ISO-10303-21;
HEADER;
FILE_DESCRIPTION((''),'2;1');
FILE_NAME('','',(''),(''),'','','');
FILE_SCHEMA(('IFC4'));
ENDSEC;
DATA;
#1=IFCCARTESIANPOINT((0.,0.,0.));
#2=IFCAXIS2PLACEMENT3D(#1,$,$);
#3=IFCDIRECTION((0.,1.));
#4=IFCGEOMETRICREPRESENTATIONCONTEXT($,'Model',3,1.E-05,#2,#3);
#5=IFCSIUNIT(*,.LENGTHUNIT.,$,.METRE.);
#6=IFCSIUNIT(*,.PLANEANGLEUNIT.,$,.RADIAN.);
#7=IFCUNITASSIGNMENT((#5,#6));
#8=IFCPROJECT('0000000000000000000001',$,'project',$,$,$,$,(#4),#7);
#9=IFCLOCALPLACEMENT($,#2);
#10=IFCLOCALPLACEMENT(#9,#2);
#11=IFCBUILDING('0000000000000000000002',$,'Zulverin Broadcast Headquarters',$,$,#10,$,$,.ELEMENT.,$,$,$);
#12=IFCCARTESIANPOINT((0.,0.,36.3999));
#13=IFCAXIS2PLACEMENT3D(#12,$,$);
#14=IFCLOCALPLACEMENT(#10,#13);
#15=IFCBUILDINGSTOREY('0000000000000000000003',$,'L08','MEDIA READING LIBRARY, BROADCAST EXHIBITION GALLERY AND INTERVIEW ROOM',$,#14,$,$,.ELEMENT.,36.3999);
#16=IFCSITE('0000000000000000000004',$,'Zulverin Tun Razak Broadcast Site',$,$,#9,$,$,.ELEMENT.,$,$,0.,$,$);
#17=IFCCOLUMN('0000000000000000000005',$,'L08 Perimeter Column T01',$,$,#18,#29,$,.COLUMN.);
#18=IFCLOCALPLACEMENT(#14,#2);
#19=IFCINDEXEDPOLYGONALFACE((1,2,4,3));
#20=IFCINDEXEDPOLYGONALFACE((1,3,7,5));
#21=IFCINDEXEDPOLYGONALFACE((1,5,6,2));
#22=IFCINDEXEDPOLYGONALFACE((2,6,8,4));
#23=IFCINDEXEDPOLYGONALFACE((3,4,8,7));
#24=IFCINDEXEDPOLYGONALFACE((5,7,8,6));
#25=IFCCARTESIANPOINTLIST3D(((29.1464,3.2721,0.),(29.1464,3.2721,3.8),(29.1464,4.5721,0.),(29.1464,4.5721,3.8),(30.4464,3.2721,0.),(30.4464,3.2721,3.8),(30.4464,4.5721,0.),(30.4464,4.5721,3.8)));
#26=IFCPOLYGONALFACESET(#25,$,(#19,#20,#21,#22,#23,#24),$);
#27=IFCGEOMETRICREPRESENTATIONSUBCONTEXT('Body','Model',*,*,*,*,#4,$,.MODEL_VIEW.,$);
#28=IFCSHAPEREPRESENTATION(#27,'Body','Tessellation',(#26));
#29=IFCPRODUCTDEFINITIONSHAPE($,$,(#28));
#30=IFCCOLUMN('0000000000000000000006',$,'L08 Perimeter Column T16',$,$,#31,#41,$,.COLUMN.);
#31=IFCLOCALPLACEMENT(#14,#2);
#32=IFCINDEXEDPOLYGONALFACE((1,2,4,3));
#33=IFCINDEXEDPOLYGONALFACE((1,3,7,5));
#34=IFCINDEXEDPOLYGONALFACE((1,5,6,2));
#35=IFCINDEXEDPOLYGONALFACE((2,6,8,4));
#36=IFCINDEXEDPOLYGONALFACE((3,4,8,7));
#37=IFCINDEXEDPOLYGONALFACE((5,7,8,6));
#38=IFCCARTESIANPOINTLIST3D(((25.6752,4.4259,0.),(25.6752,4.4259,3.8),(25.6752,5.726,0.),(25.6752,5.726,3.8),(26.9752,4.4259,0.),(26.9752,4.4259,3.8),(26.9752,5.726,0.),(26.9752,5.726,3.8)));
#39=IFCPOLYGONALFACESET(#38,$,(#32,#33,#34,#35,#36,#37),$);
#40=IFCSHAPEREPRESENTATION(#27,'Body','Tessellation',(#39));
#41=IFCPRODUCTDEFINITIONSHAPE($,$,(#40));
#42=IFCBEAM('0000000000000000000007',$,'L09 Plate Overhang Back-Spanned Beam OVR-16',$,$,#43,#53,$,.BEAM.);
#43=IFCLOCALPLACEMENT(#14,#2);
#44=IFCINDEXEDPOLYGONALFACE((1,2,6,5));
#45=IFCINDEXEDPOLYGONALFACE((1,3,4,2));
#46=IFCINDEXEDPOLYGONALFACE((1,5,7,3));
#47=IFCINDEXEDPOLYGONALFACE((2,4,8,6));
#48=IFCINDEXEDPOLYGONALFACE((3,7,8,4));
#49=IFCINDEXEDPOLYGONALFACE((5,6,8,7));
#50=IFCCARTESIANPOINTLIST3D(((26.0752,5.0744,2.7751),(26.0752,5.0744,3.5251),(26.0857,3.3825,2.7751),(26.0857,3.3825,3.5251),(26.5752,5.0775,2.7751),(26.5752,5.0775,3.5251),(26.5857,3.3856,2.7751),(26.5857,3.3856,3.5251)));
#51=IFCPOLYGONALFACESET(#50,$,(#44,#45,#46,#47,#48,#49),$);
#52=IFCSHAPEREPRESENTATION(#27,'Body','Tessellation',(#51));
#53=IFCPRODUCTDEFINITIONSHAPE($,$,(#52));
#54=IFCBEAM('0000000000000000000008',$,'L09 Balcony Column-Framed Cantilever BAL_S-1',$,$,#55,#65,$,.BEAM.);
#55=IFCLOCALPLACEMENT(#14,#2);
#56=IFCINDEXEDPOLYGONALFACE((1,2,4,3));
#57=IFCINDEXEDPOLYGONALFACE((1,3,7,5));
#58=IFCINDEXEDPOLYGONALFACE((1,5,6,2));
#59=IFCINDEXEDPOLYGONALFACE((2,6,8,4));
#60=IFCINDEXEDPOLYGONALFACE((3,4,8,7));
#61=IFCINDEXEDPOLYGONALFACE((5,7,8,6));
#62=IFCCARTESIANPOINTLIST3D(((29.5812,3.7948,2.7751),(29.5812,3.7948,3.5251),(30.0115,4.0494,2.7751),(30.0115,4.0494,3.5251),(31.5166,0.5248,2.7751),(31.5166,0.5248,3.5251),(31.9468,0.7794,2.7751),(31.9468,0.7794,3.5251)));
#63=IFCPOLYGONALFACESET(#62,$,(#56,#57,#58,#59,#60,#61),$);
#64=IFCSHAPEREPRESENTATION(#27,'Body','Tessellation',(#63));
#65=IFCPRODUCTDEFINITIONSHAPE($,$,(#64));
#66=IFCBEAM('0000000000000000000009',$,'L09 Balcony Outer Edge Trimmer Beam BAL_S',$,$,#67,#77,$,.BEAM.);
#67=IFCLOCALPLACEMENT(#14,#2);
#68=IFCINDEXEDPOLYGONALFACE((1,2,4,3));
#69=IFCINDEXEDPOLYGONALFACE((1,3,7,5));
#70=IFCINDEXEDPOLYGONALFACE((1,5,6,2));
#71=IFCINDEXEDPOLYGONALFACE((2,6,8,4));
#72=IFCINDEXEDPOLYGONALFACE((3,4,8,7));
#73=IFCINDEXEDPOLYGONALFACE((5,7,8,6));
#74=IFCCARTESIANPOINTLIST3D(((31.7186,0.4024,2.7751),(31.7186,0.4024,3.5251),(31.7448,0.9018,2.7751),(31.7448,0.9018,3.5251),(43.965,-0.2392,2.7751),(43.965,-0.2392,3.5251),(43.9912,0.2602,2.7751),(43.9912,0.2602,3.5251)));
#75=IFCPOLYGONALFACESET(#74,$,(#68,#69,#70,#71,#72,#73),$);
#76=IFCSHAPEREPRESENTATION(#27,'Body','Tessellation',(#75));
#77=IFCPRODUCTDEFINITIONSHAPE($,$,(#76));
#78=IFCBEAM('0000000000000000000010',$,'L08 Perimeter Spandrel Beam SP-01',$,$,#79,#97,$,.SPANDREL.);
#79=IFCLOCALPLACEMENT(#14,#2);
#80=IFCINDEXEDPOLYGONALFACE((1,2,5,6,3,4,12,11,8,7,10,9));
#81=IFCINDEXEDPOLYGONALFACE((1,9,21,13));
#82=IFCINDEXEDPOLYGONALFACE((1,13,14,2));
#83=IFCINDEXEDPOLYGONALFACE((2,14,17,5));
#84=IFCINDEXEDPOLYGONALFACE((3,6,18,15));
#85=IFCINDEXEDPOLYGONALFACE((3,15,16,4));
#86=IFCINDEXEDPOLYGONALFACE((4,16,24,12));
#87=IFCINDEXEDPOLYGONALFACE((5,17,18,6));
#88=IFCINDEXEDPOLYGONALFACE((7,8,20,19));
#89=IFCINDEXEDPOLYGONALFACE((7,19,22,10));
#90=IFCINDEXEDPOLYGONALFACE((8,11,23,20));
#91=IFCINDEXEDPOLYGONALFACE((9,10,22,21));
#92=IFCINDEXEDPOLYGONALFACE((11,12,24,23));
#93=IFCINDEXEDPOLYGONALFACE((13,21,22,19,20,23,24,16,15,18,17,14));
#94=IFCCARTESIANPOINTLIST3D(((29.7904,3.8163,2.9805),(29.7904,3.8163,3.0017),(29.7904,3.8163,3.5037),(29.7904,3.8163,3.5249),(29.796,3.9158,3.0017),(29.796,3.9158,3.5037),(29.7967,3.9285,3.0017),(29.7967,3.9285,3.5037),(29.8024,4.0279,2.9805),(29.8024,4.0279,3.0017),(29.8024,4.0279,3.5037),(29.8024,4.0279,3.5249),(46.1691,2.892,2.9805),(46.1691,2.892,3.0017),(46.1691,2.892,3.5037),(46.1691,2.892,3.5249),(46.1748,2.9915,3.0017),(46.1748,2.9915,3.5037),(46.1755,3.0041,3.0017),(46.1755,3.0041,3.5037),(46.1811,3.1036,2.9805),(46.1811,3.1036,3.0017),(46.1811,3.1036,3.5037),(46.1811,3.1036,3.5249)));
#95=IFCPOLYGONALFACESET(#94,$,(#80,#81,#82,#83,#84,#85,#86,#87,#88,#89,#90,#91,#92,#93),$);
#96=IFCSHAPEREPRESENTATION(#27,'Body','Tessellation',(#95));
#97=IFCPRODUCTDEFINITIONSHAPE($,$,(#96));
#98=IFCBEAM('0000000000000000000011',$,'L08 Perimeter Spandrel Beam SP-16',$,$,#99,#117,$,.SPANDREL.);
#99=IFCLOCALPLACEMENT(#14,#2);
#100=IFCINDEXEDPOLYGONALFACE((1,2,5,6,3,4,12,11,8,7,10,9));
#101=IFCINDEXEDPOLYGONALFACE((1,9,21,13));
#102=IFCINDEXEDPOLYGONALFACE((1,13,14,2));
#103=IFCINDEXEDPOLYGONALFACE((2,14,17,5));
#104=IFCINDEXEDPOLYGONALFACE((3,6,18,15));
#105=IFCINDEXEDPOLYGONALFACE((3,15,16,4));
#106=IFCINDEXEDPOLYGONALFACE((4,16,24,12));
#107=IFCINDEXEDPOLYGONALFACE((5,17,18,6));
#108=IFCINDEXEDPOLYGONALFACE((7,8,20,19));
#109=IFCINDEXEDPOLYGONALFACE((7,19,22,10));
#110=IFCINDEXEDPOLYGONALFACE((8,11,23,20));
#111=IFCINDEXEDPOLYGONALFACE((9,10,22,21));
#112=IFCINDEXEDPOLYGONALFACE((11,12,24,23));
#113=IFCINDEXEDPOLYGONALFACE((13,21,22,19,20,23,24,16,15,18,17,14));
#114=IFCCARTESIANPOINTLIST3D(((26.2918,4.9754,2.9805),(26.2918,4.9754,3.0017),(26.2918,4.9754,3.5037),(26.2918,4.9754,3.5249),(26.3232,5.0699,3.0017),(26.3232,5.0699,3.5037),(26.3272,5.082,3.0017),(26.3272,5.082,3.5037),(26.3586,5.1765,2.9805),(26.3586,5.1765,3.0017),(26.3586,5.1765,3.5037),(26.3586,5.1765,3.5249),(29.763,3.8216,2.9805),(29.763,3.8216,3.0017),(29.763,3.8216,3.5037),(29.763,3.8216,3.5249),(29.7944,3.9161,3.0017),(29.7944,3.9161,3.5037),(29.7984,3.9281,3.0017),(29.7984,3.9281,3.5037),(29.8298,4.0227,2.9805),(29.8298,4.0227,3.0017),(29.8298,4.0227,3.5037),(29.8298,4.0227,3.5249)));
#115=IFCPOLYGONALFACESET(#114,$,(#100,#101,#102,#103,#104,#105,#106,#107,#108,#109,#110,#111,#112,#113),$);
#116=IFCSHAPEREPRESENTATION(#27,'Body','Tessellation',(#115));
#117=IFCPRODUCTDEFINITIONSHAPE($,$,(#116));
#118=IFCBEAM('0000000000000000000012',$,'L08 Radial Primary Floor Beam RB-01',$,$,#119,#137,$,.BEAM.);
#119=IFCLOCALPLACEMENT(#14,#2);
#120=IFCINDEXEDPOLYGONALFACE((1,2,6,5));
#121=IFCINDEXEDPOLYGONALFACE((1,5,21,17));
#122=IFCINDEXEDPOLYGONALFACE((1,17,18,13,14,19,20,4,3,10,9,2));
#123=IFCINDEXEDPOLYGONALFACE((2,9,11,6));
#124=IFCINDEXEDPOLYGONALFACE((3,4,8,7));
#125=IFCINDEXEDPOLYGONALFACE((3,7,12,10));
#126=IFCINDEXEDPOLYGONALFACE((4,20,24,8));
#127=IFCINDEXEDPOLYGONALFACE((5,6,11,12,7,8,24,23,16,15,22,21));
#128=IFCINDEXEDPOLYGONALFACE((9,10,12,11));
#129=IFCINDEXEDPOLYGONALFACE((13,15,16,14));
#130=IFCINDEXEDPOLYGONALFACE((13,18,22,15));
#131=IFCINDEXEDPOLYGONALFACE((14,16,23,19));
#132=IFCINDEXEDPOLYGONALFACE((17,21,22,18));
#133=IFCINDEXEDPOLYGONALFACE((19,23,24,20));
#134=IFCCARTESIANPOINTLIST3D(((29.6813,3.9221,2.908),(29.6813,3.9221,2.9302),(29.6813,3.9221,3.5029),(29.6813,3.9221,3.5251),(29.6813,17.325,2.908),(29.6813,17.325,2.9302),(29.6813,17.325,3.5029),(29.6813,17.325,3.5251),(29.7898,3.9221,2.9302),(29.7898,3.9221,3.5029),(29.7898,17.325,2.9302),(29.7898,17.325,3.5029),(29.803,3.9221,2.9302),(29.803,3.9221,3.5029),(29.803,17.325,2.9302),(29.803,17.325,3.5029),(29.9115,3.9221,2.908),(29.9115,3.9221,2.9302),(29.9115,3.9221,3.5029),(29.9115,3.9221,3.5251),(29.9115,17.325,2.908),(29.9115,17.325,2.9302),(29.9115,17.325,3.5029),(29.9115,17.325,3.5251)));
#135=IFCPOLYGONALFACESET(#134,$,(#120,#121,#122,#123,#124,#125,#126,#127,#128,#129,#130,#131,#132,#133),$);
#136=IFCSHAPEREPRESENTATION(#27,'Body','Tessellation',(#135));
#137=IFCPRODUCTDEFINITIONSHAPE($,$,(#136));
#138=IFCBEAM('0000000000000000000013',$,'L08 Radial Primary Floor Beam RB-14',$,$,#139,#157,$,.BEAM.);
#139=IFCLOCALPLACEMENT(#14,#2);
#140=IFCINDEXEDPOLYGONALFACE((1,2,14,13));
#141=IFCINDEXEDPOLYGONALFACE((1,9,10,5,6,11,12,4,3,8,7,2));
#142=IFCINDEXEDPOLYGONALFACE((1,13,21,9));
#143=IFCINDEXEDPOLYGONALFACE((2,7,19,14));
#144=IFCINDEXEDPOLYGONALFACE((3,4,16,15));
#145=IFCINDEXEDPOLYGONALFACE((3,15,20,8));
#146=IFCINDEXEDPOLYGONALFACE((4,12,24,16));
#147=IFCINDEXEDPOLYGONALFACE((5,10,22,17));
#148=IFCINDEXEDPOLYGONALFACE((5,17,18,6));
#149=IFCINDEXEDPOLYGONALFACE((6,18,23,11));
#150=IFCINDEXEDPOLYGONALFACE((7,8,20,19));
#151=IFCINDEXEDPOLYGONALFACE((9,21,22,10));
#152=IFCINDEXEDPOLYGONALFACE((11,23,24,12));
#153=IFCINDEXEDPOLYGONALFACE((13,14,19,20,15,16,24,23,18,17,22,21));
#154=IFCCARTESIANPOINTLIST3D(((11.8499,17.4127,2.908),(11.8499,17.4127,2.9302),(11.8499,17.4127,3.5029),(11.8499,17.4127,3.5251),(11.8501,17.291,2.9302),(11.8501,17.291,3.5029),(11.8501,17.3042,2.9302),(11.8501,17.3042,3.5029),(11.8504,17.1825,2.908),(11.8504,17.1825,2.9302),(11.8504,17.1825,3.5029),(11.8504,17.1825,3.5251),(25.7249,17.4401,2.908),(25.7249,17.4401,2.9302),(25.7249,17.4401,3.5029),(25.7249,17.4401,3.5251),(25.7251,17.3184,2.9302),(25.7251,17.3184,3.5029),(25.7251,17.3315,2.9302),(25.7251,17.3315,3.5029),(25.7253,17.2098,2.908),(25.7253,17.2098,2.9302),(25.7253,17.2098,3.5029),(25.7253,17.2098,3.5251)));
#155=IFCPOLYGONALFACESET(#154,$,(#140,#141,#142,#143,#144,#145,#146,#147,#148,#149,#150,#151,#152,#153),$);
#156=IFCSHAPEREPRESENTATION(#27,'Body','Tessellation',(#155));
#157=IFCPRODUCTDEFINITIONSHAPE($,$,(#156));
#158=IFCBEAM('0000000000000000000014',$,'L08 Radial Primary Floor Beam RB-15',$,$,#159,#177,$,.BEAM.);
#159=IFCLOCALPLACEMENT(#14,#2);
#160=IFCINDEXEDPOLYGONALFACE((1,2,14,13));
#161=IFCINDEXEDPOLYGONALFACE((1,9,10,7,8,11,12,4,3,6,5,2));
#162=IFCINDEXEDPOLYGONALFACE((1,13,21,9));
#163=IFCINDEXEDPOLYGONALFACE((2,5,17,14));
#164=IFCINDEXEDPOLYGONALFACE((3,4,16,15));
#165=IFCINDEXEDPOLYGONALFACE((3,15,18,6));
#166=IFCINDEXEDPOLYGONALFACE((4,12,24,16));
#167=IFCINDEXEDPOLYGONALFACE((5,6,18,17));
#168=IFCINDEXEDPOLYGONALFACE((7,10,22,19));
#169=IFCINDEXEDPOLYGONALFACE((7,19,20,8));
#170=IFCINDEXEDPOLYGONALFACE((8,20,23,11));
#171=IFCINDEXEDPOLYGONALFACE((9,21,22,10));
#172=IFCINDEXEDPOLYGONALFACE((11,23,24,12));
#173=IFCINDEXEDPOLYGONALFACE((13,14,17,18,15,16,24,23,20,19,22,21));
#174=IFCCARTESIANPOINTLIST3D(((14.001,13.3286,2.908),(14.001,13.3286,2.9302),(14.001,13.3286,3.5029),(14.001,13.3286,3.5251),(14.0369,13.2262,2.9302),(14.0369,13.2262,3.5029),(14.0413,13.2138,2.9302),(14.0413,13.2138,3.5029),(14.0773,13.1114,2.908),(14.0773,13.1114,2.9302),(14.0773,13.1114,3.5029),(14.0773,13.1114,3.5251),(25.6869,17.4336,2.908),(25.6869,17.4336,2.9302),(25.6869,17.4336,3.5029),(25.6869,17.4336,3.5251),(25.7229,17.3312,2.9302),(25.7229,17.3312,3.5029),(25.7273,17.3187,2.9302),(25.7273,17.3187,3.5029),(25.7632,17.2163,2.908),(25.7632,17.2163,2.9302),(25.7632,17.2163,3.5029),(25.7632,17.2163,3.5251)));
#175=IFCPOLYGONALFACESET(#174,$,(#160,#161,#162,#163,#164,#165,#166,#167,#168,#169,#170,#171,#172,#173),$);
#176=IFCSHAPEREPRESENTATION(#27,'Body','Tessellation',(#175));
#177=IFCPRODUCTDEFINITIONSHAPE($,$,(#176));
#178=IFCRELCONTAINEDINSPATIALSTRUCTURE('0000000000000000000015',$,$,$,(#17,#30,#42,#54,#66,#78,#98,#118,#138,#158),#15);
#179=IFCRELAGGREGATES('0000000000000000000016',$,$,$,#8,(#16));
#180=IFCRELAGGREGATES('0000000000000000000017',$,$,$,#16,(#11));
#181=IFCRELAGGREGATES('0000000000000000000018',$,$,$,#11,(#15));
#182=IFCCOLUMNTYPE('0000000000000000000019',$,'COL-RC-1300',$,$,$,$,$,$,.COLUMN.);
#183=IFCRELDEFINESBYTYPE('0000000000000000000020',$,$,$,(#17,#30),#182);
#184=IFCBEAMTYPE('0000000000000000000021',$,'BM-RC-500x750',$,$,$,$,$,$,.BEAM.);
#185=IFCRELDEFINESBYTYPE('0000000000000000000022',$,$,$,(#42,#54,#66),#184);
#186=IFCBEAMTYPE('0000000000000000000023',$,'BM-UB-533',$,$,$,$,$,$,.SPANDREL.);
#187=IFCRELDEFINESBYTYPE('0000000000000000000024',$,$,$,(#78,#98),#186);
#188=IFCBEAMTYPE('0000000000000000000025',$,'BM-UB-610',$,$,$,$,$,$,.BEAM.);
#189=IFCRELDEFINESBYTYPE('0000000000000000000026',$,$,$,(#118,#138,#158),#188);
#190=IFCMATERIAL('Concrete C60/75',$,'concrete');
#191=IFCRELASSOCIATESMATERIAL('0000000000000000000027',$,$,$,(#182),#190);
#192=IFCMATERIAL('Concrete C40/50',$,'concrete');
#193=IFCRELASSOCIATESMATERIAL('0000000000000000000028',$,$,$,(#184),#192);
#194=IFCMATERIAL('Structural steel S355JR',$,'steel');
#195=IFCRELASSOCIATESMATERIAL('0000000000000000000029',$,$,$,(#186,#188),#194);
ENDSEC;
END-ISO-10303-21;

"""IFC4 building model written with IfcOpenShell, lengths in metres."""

from ifc_helpers import new_model, si_unit, direction, frame, origin, origin_2d, place, context, subcontext, project, spatial, rectangle, i_section, extrude, material, material_profile, profile_set, type_object, element, save


model = new_model("IFC4")

# Units and contexts
model_context = context("Model", 3, precision=1e-05, world=origin(), true_north=direction((0.0, 1.0)))
body_context = subcontext(model_context, "Body", "Model", "MODEL_VIEW")
ifc_project = project(units=[si_unit("LENGTHUNIT", "METRE"), si_unit("PLANEANGLEUNIT", "RADIAN")], contexts=[model_context])

# Site, building, storey
site_placement = place(None, origin())
site = spatial("IfcSite", under=ifc_project, at=site_placement, Name="Zulverin Tun Razak Broadcast Site", CompositionType="ELEMENT", RefElevation=0.0)
building_placement = place(site_placement, origin())
building = spatial("IfcBuilding", under=site, at=building_placement, Name="Zulverin Broadcast Headquarters", CompositionType="ELEMENT")
storey_placement = place(building_placement, frame((0.0, 0.0, 36.3999)))
storey = spatial("IfcBuildingStorey", under=building, at=storey_placement, Name="L08", Description="MEDIA READING LIBRARY, BROADCAST EXHIBITION GALLERY AND INTERVIEW ROOM", CompositionType="ELEMENT", Elevation=36.3999)

# Columns
ifc_material_1 = material(Name="Concrete C60/75", Category="concrete")
ifc_material_profile_1 = material_profile(ifc_material_1, rectangle(XDim=1.3, YDim=1.3, at=origin_2d()), Name="Concrete C60/75", Category="concrete")
ifc_profile_set_1 = profile_set([ifc_material_profile_1], Name="Concrete C60/75")
column_type = type_object("IfcColumnType", Name="COL-RC-1300", PredefinedType="COLUMN", material=ifc_profile_set_1)
for number, where, z_axis, x_axis, name in (
    (1, (29.7964, 3.9221, 0.0), (0.0, 0.0, 1.0), (1.0, 0.0, 0.0), "L08 Perimeter Column T01"),
    (2, (26.3252, 5.0759, 0.0), (0.0, 0.0, 1.0), (1.0, 0.0, 0.0), "L08 Perimeter Column T16"),
):
    element("IfcColumn", number, at=place(storey_placement, frame(where, z_axis=z_axis, x_axis=x_axis)), inside=storey, type_object=column_type, Name=name, PredefinedType="COLUMN", context=body_context, shape_type="SweptSolid", body=[
        extrude(rectangle(XDim=1.3, YDim=1.3, at=origin_2d()), origin(), (0.0, 0.0, 1.0), 3.8),
    ])

# Beams
ifc_material_2 = material(Name="Concrete C40/50", Category="concrete")
ifc_material_profile_2 = material_profile(ifc_material_2, rectangle(XDim=0.5, YDim=0.75, at=origin_2d()), Name="Concrete C40/50", Category="concrete")
ifc_profile_set_2 = profile_set([ifc_material_profile_2], Name="Concrete C40/50")
beam_type_1 = type_object("IfcBeamType", Name="BM-RC-500x750", PredefinedType="BEAM", material=ifc_profile_set_2)
beam_1_placement = place(storey_placement, frame((26.3252, 5.0759, 3.1501), z_axis=(0.006205, -0.999981, 0.0), x_axis=(0.999981, 0.006205, 0.0)))
element("IfcBeam", 3, at=beam_1_placement, inside=storey, type_object=beam_type_1, Name="L09 Plate Overhang Back-Spanned Beam OVR-16", PredefinedType="BEAM", context=body_context, shape_type="SweptSolid", body=[
    extrude(rectangle(XDim=0.5, YDim=0.75, at=origin_2d()), origin(), (0.0, 0.0, 1.0), 1.6919),
])
beam_2_placement = place(storey_placement, frame((29.7964, 3.9221, 3.1501), z_axis=(0.509318, -0.860578, 0.0), x_axis=(0.860578, 0.509318, 0.0)))
element("IfcBeam", 4, at=beam_2_placement, inside=storey, type_object=beam_type_1, Name="L09 Balcony Column-Framed Cantilever BAL_S-1", PredefinedType="BEAM", context=body_context, shape_type="SweptSolid", body=[
    extrude(rectangle(XDim=0.5, YDim=0.75, at=origin_2d()), origin(), (0.0, 0.0, 1.0), 3.7998),
])
beam_3_placement = place(storey_placement, frame((31.7317, 0.6521, 3.1501), z_axis=(0.99863, -0.05232, 0.0), x_axis=(0.05232, 0.99863, 0.0)))
element("IfcBeam", 5, at=beam_3_placement, inside=storey, type_object=beam_type_1, Name="L09 Balcony Outer Edge Trimmer Beam BAL_S", PredefinedType="BEAM", context=body_context, shape_type="SweptSolid", body=[
    extrude(rectangle(XDim=0.5, YDim=0.75, at=origin_2d()), origin(), (0.0, 0.0, 1.0), 12.2632),
])
ifc_material_3 = material(Name="Structural steel S355JR", Category="steel")
ifc_material_profile_3 = material_profile(ifc_material_3, i_section(OverallWidth=0.2119, OverallDepth=0.5444, WebThickness=0.0127, FlangeThickness=0.0212, at=origin_2d()), Name="Structural steel S355JR", Category="steel")
ifc_profile_set_3 = profile_set([ifc_material_profile_3], Name="Structural steel S355JR")
beam_type_2 = type_object("IfcBeamType", Name="BM-UB-533", PredefinedType="SPANDREL", material=ifc_profile_set_3)
beam_4_placement = place(storey_placement, frame((29.7964, 3.9221, 3.2527), z_axis=(0.998411, -0.056345, 0.0), x_axis=(0.056345, 0.998411, 0.0)))
element("IfcBeam", 6, at=beam_4_placement, inside=storey, type_object=beam_type_2, Name="L08 Perimeter Spandrel Beam SP-01", PredefinedType="SPANDREL", context=body_context, shape_type="SweptSolid", body=[
    extrude(i_section(OverallWidth=0.2119, OverallDepth=0.5444, WebThickness=0.0127, FlangeThickness=0.0212, at=origin_2d()), origin(), (0.0, 0.0, 1.0), 16.4048),
])
beam_5_placement = place(storey_placement, frame((26.3252, 5.0759, 3.2527), z_axis=(0.94895, -0.315427, 0.0), x_axis=(0.315427, 0.94895, 0.0)))
element("IfcBeam", 7, at=beam_5_placement, inside=storey, type_object=beam_type_2, Name="L08 Perimeter Spandrel Beam SP-16", PredefinedType="SPANDREL", context=body_context, shape_type="SweptSolid", body=[
    extrude(i_section(OverallWidth=0.2119, OverallDepth=0.5444, WebThickness=0.0127, FlangeThickness=0.0212, at=origin_2d()), origin(), (0.0, 0.0, 1.0), 3.658),
])
ifc_material_profile_4 = material_profile(ifc_material_3, i_section(OverallWidth=0.2302, OverallDepth=0.6172, WebThickness=0.0132, FlangeThickness=0.0222, at=origin_2d()), Name="Structural steel S355JR", Category="steel")
ifc_profile_set_4 = profile_set([ifc_material_profile_4], Name="Structural steel S355JR")
beam_type_3 = type_object("IfcBeamType", Name="BM-UB-610", PredefinedType="BEAM", material=ifc_profile_set_4)
beam_6_placement = place(storey_placement, frame((29.7964, 17.325, 3.2166), z_axis=(0.0, -1.0, 0.0), x_axis=(1.0, 0.0, 0.0)))
element("IfcBeam", 8, at=beam_6_placement, inside=storey, type_object=beam_type_3, Name="L08 Radial Primary Floor Beam RB-01", PredefinedType="BEAM", context=body_context, shape_type="SweptSolid", body=[
    extrude(i_section(OverallWidth=0.2302, OverallDepth=0.6172, WebThickness=0.0132, FlangeThickness=0.0222, at=origin_2d()), origin(), (0.0, 0.0, 1.0), 13.4028),
])
beam_7_placement = place(storey_placement, frame((25.7251, 17.325, 3.2166), z_axis=(-0.999998, -0.001971, 0.0), x_axis=(0.001971, -0.999998, 0.0)))
element("IfcBeam", 9, at=beam_7_placement, inside=storey, type_object=beam_type_3, Name="L08 Radial Primary Floor Beam RB-14", PredefinedType="BEAM", context=body_context, shape_type="SweptSolid", body=[
    extrude(i_section(OverallWidth=0.2302, OverallDepth=0.6172, WebThickness=0.0132, FlangeThickness=0.0222, at=origin_2d()), origin(), (0.0, 0.0, 1.0), 13.875),
])
beam_8_placement = place(storey_placement, frame((25.7251, 17.325, 3.2166), z_axis=(-0.943483, -0.33142, 0.0), x_axis=(0.33142, -0.943483, 0.0)))
element("IfcBeam", 10, at=beam_8_placement, inside=storey, type_object=beam_type_3, Name="L08 Radial Primary Floor Beam RB-15", PredefinedType="BEAM", context=body_context, shape_type="SweptSolid", body=[
    extrude(i_section(OverallWidth=0.2302, OverallDepth=0.6172, WebThickness=0.0132, FlangeThickness=0.0222, at=origin_2d()), origin(), (0.0, 0.0, 1.0), 12.386),
])

save(model, "model.ifc")
